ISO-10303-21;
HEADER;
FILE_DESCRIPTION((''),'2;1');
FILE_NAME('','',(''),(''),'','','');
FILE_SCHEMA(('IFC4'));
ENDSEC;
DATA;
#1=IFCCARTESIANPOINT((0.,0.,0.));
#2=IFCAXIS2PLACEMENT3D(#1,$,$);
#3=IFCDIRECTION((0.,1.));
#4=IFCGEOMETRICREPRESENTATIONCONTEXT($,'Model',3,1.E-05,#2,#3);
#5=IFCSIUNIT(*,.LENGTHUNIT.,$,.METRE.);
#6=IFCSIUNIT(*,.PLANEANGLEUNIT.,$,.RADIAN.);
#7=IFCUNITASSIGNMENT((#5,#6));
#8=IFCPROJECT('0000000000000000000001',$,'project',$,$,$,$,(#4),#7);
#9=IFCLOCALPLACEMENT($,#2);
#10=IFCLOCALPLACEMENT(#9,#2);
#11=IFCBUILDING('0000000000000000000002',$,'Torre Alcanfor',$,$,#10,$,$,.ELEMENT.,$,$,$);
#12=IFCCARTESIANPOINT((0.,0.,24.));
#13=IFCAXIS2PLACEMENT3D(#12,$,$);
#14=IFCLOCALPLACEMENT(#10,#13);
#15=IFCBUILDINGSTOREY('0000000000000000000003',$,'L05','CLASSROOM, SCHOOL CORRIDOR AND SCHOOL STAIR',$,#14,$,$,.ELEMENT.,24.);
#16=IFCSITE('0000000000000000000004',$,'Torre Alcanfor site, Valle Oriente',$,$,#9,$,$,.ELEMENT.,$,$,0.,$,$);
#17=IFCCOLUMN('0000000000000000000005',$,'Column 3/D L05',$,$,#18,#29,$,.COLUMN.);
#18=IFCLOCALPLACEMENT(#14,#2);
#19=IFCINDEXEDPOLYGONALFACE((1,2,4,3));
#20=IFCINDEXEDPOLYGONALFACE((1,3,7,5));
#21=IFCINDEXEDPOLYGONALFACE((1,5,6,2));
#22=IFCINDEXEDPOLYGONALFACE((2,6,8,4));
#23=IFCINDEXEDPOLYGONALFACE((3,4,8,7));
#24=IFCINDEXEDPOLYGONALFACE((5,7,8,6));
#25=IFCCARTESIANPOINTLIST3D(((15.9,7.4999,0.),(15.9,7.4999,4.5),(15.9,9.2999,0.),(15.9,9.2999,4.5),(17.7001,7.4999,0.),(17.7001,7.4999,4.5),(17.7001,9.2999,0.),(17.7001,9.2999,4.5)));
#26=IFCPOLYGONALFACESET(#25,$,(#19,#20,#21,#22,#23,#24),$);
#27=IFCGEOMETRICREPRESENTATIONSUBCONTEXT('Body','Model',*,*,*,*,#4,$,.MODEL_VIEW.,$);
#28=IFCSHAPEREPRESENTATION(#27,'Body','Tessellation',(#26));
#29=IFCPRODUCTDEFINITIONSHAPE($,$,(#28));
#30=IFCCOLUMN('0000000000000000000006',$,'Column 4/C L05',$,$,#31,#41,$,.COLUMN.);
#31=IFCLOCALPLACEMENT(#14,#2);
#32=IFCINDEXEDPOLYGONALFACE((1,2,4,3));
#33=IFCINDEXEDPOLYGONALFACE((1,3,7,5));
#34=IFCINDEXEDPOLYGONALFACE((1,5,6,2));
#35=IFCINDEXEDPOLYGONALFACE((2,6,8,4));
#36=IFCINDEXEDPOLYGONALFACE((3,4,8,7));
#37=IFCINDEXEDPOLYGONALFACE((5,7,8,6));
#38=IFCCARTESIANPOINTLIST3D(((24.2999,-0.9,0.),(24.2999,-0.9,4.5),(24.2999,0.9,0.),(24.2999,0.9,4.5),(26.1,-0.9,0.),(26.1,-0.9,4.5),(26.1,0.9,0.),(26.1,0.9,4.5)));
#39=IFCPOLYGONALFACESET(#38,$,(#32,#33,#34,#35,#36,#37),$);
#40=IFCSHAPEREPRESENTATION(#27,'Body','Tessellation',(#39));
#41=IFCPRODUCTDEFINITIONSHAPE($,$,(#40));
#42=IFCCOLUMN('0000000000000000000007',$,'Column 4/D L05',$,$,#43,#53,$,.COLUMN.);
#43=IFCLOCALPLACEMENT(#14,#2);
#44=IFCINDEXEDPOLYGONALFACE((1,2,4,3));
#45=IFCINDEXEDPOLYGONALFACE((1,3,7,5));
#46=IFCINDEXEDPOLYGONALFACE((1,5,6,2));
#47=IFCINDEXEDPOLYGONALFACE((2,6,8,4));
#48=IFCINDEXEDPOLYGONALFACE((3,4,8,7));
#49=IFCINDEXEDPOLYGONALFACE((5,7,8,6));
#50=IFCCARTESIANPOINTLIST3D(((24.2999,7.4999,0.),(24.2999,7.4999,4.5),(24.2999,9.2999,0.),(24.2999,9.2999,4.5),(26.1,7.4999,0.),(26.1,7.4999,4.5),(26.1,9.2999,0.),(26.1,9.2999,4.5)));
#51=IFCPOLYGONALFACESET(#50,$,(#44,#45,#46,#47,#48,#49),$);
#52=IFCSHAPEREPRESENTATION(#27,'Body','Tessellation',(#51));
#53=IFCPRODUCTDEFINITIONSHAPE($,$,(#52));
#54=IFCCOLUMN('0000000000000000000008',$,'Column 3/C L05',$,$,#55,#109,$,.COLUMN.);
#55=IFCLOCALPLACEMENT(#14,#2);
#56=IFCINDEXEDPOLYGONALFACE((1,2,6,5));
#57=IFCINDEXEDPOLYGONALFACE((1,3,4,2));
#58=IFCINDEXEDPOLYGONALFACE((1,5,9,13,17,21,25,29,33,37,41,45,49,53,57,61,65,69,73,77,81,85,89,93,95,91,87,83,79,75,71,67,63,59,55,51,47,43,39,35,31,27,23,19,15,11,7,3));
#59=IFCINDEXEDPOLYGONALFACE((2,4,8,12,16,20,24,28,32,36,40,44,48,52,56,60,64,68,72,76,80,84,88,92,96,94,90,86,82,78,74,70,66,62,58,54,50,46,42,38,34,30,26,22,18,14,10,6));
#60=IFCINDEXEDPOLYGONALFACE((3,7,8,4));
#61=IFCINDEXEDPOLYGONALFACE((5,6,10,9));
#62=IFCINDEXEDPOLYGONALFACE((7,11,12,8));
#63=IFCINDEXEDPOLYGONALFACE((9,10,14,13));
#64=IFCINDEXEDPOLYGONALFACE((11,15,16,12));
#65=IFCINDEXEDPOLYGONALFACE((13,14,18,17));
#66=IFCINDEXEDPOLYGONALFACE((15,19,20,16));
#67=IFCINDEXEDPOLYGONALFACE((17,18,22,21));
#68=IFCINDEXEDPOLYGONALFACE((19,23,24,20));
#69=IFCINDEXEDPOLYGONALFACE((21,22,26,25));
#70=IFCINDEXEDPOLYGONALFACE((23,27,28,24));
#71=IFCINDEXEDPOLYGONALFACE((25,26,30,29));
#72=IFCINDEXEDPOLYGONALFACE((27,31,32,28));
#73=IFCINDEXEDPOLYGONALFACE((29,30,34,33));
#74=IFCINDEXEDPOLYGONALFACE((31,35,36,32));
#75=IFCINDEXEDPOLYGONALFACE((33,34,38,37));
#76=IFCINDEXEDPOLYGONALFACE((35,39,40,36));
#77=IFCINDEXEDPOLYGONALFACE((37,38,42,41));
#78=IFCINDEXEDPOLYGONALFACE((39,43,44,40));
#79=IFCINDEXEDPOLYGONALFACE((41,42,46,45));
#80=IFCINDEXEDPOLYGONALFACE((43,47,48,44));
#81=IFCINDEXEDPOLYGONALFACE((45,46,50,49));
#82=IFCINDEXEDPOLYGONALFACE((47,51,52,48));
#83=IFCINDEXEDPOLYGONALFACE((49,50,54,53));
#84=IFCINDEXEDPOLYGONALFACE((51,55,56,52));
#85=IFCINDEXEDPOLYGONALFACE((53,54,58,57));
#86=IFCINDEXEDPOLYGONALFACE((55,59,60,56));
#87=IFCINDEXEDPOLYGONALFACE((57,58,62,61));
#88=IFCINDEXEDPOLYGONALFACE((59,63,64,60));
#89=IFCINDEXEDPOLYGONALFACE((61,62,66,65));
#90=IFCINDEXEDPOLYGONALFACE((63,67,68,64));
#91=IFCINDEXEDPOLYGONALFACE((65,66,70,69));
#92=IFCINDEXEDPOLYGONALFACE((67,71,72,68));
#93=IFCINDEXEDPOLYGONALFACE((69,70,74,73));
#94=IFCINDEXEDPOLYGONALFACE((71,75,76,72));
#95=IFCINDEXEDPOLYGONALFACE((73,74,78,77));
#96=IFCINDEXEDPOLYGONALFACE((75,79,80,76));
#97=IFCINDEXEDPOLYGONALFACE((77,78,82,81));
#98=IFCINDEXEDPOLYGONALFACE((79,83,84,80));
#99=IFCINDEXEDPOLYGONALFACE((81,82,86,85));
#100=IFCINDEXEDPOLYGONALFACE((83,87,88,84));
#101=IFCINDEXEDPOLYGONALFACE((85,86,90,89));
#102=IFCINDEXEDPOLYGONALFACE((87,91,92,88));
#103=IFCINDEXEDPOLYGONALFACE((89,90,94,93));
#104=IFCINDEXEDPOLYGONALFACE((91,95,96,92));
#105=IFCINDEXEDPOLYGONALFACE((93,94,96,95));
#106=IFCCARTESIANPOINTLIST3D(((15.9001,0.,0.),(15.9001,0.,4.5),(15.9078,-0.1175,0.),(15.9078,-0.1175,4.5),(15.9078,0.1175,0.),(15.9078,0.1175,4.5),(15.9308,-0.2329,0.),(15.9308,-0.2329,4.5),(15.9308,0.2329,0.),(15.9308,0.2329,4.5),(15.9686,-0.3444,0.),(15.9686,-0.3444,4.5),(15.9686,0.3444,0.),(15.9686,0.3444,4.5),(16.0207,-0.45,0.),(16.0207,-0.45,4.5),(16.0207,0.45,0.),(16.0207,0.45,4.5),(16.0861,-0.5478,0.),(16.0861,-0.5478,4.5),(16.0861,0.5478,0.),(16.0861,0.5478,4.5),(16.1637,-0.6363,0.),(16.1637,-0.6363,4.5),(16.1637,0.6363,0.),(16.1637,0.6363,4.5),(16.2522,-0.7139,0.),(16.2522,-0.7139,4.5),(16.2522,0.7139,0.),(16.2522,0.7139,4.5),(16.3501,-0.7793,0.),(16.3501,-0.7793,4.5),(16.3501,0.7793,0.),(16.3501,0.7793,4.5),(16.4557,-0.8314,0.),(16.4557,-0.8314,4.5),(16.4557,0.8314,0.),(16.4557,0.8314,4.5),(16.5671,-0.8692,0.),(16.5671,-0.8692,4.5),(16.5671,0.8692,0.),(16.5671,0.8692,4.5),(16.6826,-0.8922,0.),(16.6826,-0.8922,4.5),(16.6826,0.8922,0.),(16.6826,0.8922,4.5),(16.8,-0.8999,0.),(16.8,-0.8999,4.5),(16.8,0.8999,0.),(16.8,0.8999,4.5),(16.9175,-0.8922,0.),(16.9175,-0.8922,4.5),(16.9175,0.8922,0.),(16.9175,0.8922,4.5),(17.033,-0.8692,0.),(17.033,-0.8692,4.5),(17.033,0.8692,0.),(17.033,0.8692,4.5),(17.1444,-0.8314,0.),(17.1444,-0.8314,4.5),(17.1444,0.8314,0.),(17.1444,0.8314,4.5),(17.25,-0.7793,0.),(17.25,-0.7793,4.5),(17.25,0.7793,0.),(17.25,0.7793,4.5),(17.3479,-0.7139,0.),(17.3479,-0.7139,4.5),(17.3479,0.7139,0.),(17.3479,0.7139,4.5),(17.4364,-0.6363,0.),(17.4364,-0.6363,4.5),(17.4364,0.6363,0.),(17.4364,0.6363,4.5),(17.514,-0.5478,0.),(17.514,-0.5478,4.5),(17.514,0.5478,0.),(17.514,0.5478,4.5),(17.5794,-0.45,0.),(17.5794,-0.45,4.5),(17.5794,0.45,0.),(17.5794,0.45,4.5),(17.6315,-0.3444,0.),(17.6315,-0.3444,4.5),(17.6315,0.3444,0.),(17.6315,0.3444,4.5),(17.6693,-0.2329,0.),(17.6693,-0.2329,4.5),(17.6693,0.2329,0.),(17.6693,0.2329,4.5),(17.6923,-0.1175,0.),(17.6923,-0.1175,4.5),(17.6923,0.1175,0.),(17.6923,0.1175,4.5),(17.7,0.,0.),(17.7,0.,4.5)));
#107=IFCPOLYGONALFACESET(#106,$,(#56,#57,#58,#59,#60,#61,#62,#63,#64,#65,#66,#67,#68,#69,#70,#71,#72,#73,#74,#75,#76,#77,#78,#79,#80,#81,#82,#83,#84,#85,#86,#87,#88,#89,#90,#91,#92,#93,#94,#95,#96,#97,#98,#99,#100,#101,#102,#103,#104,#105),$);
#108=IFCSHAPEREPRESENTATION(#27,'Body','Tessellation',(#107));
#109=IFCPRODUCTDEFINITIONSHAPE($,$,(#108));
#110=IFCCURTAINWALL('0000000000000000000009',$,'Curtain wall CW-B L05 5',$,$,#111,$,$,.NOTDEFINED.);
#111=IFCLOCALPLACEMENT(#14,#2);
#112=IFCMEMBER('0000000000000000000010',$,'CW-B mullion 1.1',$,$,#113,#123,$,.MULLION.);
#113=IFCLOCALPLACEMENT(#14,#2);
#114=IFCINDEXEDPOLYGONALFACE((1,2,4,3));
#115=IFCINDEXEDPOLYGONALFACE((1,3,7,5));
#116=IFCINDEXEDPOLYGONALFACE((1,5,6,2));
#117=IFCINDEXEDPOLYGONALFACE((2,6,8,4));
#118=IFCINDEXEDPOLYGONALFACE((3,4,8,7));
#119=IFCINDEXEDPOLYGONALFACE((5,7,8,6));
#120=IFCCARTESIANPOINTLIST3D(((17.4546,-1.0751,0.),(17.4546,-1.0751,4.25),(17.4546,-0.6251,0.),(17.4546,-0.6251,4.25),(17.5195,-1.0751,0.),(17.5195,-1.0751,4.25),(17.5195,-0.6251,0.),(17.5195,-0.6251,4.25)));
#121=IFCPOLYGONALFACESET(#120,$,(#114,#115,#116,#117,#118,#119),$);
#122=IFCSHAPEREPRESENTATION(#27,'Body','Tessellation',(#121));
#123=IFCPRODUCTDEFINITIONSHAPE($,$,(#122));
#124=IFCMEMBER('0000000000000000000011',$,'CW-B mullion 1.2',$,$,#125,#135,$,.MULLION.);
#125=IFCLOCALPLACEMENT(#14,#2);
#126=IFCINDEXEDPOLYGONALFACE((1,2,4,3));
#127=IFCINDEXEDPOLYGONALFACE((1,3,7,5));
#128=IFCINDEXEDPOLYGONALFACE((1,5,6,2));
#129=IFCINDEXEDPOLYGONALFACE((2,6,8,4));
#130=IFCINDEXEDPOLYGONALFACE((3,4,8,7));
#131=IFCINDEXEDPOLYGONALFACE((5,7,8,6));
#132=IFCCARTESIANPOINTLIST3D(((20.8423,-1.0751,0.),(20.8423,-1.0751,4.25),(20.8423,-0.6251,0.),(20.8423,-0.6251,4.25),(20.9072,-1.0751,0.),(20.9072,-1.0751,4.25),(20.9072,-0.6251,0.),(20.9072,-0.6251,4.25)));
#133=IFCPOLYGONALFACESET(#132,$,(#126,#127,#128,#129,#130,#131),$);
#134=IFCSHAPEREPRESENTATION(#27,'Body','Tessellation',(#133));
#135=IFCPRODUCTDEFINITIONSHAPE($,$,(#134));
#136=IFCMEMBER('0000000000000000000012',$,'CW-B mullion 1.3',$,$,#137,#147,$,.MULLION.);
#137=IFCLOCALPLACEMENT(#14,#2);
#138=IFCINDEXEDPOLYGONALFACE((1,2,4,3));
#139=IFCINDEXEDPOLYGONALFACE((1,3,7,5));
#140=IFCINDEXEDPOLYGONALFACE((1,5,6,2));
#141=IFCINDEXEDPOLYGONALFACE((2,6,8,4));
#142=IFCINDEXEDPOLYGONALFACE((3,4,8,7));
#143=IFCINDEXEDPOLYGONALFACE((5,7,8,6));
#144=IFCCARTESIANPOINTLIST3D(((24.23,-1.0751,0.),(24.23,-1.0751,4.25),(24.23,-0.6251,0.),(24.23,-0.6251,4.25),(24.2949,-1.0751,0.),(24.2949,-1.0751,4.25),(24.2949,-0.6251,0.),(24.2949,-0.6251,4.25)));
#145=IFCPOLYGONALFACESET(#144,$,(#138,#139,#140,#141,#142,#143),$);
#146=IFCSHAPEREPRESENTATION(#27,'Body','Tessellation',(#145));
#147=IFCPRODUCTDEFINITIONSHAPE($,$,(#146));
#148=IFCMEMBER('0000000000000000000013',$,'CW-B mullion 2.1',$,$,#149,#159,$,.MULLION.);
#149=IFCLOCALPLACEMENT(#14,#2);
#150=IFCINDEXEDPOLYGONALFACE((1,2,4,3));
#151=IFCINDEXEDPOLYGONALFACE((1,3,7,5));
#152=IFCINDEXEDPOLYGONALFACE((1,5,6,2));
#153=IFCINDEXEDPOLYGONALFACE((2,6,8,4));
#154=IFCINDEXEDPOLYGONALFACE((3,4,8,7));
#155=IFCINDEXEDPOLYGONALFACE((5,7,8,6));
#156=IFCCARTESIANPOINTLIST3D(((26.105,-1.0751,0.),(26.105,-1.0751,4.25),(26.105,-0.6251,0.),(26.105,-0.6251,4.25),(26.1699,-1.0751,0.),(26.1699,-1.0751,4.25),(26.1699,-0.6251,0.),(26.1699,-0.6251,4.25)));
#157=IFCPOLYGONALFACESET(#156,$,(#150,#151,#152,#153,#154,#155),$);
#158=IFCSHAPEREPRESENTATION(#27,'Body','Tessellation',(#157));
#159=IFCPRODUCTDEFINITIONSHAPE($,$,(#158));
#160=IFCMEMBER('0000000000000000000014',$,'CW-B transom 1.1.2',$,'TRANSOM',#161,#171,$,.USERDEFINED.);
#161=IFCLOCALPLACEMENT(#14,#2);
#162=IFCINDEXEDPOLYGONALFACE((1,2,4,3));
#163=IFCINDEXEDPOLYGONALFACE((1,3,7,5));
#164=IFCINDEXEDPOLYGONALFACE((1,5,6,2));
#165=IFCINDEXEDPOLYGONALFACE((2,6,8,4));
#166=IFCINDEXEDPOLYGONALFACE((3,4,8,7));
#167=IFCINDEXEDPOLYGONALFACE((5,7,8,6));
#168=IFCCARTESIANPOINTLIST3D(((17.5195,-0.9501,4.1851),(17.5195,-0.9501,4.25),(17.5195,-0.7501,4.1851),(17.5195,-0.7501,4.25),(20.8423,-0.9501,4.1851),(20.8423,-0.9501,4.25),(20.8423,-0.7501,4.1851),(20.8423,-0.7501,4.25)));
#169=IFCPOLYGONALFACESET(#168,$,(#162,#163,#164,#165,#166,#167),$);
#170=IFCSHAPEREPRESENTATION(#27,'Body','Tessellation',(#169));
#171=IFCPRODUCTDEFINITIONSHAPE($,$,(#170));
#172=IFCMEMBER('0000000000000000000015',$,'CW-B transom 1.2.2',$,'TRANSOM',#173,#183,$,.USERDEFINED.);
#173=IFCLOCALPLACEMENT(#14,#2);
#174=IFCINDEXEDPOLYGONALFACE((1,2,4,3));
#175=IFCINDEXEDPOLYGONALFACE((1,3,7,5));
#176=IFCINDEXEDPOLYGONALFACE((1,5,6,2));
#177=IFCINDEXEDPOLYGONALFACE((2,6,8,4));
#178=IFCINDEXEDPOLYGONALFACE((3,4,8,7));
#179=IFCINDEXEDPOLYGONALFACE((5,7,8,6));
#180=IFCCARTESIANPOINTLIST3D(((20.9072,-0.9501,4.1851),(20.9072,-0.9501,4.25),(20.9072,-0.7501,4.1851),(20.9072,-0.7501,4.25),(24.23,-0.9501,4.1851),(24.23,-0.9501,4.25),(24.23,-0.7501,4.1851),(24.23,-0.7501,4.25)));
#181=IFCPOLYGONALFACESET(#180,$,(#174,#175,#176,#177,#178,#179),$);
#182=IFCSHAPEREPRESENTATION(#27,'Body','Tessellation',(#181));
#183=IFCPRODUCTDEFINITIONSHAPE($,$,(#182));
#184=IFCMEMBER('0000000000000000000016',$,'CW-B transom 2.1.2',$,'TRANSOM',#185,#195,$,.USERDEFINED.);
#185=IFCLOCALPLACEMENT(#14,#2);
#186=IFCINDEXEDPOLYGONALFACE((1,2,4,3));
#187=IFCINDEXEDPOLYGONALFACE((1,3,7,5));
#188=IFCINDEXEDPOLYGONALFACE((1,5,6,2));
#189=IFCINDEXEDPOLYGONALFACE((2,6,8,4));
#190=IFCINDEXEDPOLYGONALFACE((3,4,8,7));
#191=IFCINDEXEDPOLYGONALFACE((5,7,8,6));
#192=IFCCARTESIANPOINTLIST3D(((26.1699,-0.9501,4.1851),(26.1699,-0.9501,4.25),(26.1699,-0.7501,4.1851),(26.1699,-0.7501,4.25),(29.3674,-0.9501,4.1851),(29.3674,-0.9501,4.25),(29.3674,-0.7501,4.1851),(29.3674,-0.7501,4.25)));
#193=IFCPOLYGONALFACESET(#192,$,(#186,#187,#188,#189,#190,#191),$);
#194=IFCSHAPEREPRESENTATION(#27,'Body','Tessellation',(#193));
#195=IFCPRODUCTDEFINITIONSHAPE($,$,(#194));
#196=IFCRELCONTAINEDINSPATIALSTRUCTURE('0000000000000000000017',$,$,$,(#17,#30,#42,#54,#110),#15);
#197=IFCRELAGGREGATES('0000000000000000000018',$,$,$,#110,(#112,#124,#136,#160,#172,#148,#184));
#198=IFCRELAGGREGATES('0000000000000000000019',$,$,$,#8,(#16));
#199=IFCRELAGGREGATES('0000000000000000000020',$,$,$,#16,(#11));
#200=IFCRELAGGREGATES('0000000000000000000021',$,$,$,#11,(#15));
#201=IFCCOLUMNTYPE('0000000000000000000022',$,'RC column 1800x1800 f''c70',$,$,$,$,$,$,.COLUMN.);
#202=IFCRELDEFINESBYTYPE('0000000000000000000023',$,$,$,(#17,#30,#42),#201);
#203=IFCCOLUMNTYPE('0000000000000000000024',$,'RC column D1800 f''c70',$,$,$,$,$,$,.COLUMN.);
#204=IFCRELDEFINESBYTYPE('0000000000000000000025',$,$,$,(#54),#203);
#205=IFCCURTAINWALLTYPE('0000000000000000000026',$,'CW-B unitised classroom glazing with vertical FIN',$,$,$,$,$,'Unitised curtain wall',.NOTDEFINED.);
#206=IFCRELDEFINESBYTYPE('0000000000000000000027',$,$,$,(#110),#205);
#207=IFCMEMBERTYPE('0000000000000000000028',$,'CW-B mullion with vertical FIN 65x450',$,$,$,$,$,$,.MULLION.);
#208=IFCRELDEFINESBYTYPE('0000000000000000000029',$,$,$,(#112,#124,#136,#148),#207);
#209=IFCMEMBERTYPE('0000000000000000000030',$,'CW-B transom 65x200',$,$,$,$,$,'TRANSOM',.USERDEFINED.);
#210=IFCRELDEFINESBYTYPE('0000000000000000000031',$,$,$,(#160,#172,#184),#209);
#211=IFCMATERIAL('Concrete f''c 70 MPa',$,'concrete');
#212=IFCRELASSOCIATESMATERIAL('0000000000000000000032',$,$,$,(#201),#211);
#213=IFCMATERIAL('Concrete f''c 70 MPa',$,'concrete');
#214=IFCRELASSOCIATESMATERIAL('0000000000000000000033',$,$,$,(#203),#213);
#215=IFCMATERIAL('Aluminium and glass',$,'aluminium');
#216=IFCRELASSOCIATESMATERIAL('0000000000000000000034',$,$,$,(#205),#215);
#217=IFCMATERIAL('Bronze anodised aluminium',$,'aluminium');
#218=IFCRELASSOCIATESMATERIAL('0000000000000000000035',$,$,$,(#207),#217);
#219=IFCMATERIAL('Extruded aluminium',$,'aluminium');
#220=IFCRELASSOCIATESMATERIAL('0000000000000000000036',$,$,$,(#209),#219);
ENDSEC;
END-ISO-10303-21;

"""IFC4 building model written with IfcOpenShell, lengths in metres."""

from ifc_helpers import new_model, si_unit, direction, frame, origin, origin_2d, place, context, subcontext, project, spatial, rectangle, circle, extrude, material, material_profile, profile_set, type_object, element, aggregate, save


model = new_model("IFC4")

# Units and contexts
model_context = context("Model", 3, precision=1e-05, world=origin(), true_north=direction((0.0, 1.0)))
body_context = subcontext(model_context, "Body", "Model", "MODEL_VIEW")
ifc_project = project(units=[si_unit("LENGTHUNIT", "METRE"), si_unit("PLANEANGLEUNIT", "RADIAN")], contexts=[model_context])

# Site, building, storey
site_placement = place(None, origin())
site = spatial("IfcSite", under=ifc_project, at=site_placement, Name="Torre Alcanfor site, Valle Oriente", CompositionType="ELEMENT", RefElevation=0.0)
building_placement = place(site_placement, origin())
building = spatial("IfcBuilding", under=site, at=building_placement, Name="Torre Alcanfor", CompositionType="ELEMENT")
storey_placement = place(building_placement, frame((0.0, 0.0, 24.0)))
storey = spatial("IfcBuildingStorey", under=building, at=storey_placement, Name="L05", Description="CLASSROOM, SCHOOL CORRIDOR AND SCHOOL STAIR", CompositionType="ELEMENT", Elevation=24.0)

# Columns
ifc_material_1 = material(Name="Concrete f'c 70 MPa", Category="concrete")
ifc_material_profile_1 = material_profile(ifc_material_1, rectangle(XDim=1.8, YDim=1.8, at=origin_2d()), Name="1800x1800")
ifc_profile_set_1 = profile_set([ifc_material_profile_1], Name="Concrete f'c 70 MPa")
column_type_1 = type_object("IfcColumnType", Name="RC column 1800x1800 f'c70", PredefinedType="COLUMN", material=ifc_profile_set_1)
for number, where, z_axis, x_axis, name in (
    (1, (16.8, 8.3999, 0.0), (0.0, 0.0, 1.0), (1.0, 0.0, 0.0), "Column 3/D L05"),
    (2, (25.2, 0.0, 0.0), (0.0, 0.0, 1.0), (1.0, 0.0, 0.0), "Column 4/C L05"),
    (3, (25.2, 8.3999, 0.0), (0.0, 0.0, 1.0), (1.0, 0.0, 0.0), "Column 4/D L05"),
):
    element("IfcColumn", number, at=place(storey_placement, frame(where, z_axis=z_axis, x_axis=x_axis)), inside=storey, type_object=column_type_1, Name=name, PredefinedType="COLUMN", context=body_context, shape_type="SweptSolid", body=[
        extrude(rectangle(XDim=1.8, YDim=1.8, at=origin_2d()), origin(), (0.0, 0.0, 1.0), 4.5),
    ])
ifc_material_2 = material(Name="Concrete f'c 70 MPa", Category="concrete")
ifc_material_profile_2 = material_profile(ifc_material_2, circle(Radius=0.8999, at=origin_2d()), Name="D1800")
ifc_profile_set_2 = profile_set([ifc_material_profile_2], Name="Concrete f'c 70 MPa")
column_type_2 = type_object("IfcColumnType", Name="RC column D1800 f'c70", PredefinedType="COLUMN", material=ifc_profile_set_2)
column_placement = place(storey_placement, frame((16.8, 0.0, 0.0), z_axis=(0.0, 0.0, 1.0), x_axis=(1.0, 0.0, 0.0)))
element("IfcColumn", 4, at=column_placement, inside=storey, type_object=column_type_2, Name="Column 3/C L05", PredefinedType="COLUMN", context=body_context, shape_type="SweptSolid", body=[
    extrude(circle(Radius=0.8999, at=origin_2d()), origin(), (0.0, 0.0, 1.0), 4.5),
])

# Curtain wall, members
ifc_material_3 = material(Name="Aluminium and glass", Category="aluminium")
curtain_wall_type_1 = type_object("IfcCurtainWallType", Name="CW-B unitised classroom glazing with vertical FIN", ElementType="Unitised curtain wall", PredefinedType="NOTDEFINED", material=ifc_material_3)
curtain_wall_1_placement = place(storey_placement, origin())
curtain_wall_1 = element("IfcCurtainWall", 5, at=curtain_wall_1_placement, inside=storey, type_object=curtain_wall_type_1, Name="Curtain wall CW-B L05 5", PredefinedType="NOTDEFINED")
ifc_material_4 = material(Name="Bronze anodised aluminium", Category="aluminium")
ifc_material_profile_3 = material_profile(ifc_material_4, rectangle(XDim=0.45, YDim=0.0649, at=origin_2d()), Name="CW-B mullion 65x450")
ifc_profile_set_3 = profile_set([ifc_material_profile_3], Name="Bronze anodised aluminium")
member_type_1 = type_object("IfcMemberType", Name="CW-B mullion with vertical FIN 65x450", PredefinedType="MULLION", material=ifc_profile_set_3)
member_1_placement = place(storey_placement, frame((17.4871, -0.8501, 0.0), z_axis=(0.0, 0.0, 1.0), x_axis=(0.0, 1.0, 0.0)))
member_1 = element("IfcMember", 6, at=member_1_placement, type_object=member_type_1, Name="CW-B mullion 1.1", PredefinedType="MULLION", context=body_context, shape_type="SweptSolid", body=[
    extrude(rectangle(XDim=0.45, YDim=0.0649, at=origin_2d()), origin(), (0.0, 0.0, 1.0), 4.25),
])
member_2_placement = place(storey_placement, frame((20.8748, -0.8501, 0.0), z_axis=(0.0, 0.0, 1.0), x_axis=(0.0, 1.0, 0.0)))
member_2 = element("IfcMember", 7, at=member_2_placement, type_object=member_type_1, Name="CW-B mullion 1.2", PredefinedType="MULLION", context=body_context, shape_type="SweptSolid", body=[
    extrude(rectangle(XDim=0.45, YDim=0.0649, at=origin_2d()), origin(), (0.0, 0.0, 1.0), 4.25),
])
member_3_placement = place(storey_placement, frame((24.2625, -0.8501, 0.0), z_axis=(0.0, 0.0, 1.0), x_axis=(0.0, 1.0, 0.0)))
member_3 = element("IfcMember", 8, at=member_3_placement, type_object=member_type_1, Name="CW-B mullion 1.3", PredefinedType="MULLION", context=body_context, shape_type="SweptSolid", body=[
    extrude(rectangle(XDim=0.45, YDim=0.0649, at=origin_2d()), origin(), (0.0, 0.0, 1.0), 4.25),
])
member_4_placement = place(storey_placement, frame((26.1375, -0.8501, 0.0), z_axis=(0.0, 0.0, 1.0), x_axis=(0.0, 1.0, 0.0)))
member_4 = element("IfcMember", 9, at=member_4_placement, type_object=member_type_1, Name="CW-B mullion 2.1", PredefinedType="MULLION", context=body_context, shape_type="SweptSolid", body=[
    extrude(rectangle(XDim=0.45, YDim=0.0649, at=origin_2d()), origin(), (0.0, 0.0, 1.0), 4.25),
])
ifc_material_5 = material(Name="Extruded aluminium", Category="aluminium")
ifc_material_profile_4 = material_profile(ifc_material_5, rectangle(XDim=0.2, YDim=0.0649, at=origin_2d()), Name="CW-B transom 200x65")
ifc_profile_set_4 = profile_set([ifc_material_profile_4], Name="Extruded aluminium")
member_type_2 = type_object("IfcMemberType", Name="CW-B transom 65x200", ElementType="TRANSOM", PredefinedType="USERDEFINED", material=ifc_profile_set_4)
member_5_placement = place(storey_placement, frame((17.5195, -0.8501, 4.2175), z_axis=(1.0, 0.0, 0.0), x_axis=(0.0, 1.0, 0.0)))
member_5 = element("IfcMember", 10, at=member_5_placement, type_object=member_type_2, Name="CW-B transom 1.1.2", ObjectType="TRANSOM", PredefinedType="USERDEFINED", context=body_context, shape_type="SweptSolid", body=[
    extrude(rectangle(XDim=0.2, YDim=0.0649, at=origin_2d()), origin(), (0.0, 0.0, 1.0), 3.3228),
])
member_6_placement = place(storey_placement, frame((20.9072, -0.8501, 4.2175), z_axis=(1.0, 0.0, 0.0), x_axis=(0.0, 1.0, 0.0)))
member_6 = element("IfcMember", 11, at=member_6_placement, type_object=member_type_2, Name="CW-B transom 1.2.2", ObjectType="TRANSOM", PredefinedType="USERDEFINED", context=body_context, shape_type="SweptSolid", body=[
    extrude(rectangle(XDim=0.2, YDim=0.0649, at=origin_2d()), origin(), (0.0, 0.0, 1.0), 3.3228),
])
member_7_placement = place(storey_placement, frame((26.1699, -0.8501, 4.2175), z_axis=(1.0, 0.0, 0.0), x_axis=(0.0, 1.0, 0.0)))
member_7 = element("IfcMember", 12, at=member_7_placement, type_object=member_type_2, Name="CW-B transom 2.1.2", ObjectType="TRANSOM", PredefinedType="USERDEFINED", context=body_context, shape_type="SweptSolid", body=[
    extrude(rectangle(XDim=0.2, YDim=0.0649, at=origin_2d()), origin(), (0.0, 0.0, 1.0), 3.1975),
])

aggregate(curtain_wall_1, [member_1, member_2, member_3, member_5, member_6, member_4, member_7])

save(model, "model.ifc")
